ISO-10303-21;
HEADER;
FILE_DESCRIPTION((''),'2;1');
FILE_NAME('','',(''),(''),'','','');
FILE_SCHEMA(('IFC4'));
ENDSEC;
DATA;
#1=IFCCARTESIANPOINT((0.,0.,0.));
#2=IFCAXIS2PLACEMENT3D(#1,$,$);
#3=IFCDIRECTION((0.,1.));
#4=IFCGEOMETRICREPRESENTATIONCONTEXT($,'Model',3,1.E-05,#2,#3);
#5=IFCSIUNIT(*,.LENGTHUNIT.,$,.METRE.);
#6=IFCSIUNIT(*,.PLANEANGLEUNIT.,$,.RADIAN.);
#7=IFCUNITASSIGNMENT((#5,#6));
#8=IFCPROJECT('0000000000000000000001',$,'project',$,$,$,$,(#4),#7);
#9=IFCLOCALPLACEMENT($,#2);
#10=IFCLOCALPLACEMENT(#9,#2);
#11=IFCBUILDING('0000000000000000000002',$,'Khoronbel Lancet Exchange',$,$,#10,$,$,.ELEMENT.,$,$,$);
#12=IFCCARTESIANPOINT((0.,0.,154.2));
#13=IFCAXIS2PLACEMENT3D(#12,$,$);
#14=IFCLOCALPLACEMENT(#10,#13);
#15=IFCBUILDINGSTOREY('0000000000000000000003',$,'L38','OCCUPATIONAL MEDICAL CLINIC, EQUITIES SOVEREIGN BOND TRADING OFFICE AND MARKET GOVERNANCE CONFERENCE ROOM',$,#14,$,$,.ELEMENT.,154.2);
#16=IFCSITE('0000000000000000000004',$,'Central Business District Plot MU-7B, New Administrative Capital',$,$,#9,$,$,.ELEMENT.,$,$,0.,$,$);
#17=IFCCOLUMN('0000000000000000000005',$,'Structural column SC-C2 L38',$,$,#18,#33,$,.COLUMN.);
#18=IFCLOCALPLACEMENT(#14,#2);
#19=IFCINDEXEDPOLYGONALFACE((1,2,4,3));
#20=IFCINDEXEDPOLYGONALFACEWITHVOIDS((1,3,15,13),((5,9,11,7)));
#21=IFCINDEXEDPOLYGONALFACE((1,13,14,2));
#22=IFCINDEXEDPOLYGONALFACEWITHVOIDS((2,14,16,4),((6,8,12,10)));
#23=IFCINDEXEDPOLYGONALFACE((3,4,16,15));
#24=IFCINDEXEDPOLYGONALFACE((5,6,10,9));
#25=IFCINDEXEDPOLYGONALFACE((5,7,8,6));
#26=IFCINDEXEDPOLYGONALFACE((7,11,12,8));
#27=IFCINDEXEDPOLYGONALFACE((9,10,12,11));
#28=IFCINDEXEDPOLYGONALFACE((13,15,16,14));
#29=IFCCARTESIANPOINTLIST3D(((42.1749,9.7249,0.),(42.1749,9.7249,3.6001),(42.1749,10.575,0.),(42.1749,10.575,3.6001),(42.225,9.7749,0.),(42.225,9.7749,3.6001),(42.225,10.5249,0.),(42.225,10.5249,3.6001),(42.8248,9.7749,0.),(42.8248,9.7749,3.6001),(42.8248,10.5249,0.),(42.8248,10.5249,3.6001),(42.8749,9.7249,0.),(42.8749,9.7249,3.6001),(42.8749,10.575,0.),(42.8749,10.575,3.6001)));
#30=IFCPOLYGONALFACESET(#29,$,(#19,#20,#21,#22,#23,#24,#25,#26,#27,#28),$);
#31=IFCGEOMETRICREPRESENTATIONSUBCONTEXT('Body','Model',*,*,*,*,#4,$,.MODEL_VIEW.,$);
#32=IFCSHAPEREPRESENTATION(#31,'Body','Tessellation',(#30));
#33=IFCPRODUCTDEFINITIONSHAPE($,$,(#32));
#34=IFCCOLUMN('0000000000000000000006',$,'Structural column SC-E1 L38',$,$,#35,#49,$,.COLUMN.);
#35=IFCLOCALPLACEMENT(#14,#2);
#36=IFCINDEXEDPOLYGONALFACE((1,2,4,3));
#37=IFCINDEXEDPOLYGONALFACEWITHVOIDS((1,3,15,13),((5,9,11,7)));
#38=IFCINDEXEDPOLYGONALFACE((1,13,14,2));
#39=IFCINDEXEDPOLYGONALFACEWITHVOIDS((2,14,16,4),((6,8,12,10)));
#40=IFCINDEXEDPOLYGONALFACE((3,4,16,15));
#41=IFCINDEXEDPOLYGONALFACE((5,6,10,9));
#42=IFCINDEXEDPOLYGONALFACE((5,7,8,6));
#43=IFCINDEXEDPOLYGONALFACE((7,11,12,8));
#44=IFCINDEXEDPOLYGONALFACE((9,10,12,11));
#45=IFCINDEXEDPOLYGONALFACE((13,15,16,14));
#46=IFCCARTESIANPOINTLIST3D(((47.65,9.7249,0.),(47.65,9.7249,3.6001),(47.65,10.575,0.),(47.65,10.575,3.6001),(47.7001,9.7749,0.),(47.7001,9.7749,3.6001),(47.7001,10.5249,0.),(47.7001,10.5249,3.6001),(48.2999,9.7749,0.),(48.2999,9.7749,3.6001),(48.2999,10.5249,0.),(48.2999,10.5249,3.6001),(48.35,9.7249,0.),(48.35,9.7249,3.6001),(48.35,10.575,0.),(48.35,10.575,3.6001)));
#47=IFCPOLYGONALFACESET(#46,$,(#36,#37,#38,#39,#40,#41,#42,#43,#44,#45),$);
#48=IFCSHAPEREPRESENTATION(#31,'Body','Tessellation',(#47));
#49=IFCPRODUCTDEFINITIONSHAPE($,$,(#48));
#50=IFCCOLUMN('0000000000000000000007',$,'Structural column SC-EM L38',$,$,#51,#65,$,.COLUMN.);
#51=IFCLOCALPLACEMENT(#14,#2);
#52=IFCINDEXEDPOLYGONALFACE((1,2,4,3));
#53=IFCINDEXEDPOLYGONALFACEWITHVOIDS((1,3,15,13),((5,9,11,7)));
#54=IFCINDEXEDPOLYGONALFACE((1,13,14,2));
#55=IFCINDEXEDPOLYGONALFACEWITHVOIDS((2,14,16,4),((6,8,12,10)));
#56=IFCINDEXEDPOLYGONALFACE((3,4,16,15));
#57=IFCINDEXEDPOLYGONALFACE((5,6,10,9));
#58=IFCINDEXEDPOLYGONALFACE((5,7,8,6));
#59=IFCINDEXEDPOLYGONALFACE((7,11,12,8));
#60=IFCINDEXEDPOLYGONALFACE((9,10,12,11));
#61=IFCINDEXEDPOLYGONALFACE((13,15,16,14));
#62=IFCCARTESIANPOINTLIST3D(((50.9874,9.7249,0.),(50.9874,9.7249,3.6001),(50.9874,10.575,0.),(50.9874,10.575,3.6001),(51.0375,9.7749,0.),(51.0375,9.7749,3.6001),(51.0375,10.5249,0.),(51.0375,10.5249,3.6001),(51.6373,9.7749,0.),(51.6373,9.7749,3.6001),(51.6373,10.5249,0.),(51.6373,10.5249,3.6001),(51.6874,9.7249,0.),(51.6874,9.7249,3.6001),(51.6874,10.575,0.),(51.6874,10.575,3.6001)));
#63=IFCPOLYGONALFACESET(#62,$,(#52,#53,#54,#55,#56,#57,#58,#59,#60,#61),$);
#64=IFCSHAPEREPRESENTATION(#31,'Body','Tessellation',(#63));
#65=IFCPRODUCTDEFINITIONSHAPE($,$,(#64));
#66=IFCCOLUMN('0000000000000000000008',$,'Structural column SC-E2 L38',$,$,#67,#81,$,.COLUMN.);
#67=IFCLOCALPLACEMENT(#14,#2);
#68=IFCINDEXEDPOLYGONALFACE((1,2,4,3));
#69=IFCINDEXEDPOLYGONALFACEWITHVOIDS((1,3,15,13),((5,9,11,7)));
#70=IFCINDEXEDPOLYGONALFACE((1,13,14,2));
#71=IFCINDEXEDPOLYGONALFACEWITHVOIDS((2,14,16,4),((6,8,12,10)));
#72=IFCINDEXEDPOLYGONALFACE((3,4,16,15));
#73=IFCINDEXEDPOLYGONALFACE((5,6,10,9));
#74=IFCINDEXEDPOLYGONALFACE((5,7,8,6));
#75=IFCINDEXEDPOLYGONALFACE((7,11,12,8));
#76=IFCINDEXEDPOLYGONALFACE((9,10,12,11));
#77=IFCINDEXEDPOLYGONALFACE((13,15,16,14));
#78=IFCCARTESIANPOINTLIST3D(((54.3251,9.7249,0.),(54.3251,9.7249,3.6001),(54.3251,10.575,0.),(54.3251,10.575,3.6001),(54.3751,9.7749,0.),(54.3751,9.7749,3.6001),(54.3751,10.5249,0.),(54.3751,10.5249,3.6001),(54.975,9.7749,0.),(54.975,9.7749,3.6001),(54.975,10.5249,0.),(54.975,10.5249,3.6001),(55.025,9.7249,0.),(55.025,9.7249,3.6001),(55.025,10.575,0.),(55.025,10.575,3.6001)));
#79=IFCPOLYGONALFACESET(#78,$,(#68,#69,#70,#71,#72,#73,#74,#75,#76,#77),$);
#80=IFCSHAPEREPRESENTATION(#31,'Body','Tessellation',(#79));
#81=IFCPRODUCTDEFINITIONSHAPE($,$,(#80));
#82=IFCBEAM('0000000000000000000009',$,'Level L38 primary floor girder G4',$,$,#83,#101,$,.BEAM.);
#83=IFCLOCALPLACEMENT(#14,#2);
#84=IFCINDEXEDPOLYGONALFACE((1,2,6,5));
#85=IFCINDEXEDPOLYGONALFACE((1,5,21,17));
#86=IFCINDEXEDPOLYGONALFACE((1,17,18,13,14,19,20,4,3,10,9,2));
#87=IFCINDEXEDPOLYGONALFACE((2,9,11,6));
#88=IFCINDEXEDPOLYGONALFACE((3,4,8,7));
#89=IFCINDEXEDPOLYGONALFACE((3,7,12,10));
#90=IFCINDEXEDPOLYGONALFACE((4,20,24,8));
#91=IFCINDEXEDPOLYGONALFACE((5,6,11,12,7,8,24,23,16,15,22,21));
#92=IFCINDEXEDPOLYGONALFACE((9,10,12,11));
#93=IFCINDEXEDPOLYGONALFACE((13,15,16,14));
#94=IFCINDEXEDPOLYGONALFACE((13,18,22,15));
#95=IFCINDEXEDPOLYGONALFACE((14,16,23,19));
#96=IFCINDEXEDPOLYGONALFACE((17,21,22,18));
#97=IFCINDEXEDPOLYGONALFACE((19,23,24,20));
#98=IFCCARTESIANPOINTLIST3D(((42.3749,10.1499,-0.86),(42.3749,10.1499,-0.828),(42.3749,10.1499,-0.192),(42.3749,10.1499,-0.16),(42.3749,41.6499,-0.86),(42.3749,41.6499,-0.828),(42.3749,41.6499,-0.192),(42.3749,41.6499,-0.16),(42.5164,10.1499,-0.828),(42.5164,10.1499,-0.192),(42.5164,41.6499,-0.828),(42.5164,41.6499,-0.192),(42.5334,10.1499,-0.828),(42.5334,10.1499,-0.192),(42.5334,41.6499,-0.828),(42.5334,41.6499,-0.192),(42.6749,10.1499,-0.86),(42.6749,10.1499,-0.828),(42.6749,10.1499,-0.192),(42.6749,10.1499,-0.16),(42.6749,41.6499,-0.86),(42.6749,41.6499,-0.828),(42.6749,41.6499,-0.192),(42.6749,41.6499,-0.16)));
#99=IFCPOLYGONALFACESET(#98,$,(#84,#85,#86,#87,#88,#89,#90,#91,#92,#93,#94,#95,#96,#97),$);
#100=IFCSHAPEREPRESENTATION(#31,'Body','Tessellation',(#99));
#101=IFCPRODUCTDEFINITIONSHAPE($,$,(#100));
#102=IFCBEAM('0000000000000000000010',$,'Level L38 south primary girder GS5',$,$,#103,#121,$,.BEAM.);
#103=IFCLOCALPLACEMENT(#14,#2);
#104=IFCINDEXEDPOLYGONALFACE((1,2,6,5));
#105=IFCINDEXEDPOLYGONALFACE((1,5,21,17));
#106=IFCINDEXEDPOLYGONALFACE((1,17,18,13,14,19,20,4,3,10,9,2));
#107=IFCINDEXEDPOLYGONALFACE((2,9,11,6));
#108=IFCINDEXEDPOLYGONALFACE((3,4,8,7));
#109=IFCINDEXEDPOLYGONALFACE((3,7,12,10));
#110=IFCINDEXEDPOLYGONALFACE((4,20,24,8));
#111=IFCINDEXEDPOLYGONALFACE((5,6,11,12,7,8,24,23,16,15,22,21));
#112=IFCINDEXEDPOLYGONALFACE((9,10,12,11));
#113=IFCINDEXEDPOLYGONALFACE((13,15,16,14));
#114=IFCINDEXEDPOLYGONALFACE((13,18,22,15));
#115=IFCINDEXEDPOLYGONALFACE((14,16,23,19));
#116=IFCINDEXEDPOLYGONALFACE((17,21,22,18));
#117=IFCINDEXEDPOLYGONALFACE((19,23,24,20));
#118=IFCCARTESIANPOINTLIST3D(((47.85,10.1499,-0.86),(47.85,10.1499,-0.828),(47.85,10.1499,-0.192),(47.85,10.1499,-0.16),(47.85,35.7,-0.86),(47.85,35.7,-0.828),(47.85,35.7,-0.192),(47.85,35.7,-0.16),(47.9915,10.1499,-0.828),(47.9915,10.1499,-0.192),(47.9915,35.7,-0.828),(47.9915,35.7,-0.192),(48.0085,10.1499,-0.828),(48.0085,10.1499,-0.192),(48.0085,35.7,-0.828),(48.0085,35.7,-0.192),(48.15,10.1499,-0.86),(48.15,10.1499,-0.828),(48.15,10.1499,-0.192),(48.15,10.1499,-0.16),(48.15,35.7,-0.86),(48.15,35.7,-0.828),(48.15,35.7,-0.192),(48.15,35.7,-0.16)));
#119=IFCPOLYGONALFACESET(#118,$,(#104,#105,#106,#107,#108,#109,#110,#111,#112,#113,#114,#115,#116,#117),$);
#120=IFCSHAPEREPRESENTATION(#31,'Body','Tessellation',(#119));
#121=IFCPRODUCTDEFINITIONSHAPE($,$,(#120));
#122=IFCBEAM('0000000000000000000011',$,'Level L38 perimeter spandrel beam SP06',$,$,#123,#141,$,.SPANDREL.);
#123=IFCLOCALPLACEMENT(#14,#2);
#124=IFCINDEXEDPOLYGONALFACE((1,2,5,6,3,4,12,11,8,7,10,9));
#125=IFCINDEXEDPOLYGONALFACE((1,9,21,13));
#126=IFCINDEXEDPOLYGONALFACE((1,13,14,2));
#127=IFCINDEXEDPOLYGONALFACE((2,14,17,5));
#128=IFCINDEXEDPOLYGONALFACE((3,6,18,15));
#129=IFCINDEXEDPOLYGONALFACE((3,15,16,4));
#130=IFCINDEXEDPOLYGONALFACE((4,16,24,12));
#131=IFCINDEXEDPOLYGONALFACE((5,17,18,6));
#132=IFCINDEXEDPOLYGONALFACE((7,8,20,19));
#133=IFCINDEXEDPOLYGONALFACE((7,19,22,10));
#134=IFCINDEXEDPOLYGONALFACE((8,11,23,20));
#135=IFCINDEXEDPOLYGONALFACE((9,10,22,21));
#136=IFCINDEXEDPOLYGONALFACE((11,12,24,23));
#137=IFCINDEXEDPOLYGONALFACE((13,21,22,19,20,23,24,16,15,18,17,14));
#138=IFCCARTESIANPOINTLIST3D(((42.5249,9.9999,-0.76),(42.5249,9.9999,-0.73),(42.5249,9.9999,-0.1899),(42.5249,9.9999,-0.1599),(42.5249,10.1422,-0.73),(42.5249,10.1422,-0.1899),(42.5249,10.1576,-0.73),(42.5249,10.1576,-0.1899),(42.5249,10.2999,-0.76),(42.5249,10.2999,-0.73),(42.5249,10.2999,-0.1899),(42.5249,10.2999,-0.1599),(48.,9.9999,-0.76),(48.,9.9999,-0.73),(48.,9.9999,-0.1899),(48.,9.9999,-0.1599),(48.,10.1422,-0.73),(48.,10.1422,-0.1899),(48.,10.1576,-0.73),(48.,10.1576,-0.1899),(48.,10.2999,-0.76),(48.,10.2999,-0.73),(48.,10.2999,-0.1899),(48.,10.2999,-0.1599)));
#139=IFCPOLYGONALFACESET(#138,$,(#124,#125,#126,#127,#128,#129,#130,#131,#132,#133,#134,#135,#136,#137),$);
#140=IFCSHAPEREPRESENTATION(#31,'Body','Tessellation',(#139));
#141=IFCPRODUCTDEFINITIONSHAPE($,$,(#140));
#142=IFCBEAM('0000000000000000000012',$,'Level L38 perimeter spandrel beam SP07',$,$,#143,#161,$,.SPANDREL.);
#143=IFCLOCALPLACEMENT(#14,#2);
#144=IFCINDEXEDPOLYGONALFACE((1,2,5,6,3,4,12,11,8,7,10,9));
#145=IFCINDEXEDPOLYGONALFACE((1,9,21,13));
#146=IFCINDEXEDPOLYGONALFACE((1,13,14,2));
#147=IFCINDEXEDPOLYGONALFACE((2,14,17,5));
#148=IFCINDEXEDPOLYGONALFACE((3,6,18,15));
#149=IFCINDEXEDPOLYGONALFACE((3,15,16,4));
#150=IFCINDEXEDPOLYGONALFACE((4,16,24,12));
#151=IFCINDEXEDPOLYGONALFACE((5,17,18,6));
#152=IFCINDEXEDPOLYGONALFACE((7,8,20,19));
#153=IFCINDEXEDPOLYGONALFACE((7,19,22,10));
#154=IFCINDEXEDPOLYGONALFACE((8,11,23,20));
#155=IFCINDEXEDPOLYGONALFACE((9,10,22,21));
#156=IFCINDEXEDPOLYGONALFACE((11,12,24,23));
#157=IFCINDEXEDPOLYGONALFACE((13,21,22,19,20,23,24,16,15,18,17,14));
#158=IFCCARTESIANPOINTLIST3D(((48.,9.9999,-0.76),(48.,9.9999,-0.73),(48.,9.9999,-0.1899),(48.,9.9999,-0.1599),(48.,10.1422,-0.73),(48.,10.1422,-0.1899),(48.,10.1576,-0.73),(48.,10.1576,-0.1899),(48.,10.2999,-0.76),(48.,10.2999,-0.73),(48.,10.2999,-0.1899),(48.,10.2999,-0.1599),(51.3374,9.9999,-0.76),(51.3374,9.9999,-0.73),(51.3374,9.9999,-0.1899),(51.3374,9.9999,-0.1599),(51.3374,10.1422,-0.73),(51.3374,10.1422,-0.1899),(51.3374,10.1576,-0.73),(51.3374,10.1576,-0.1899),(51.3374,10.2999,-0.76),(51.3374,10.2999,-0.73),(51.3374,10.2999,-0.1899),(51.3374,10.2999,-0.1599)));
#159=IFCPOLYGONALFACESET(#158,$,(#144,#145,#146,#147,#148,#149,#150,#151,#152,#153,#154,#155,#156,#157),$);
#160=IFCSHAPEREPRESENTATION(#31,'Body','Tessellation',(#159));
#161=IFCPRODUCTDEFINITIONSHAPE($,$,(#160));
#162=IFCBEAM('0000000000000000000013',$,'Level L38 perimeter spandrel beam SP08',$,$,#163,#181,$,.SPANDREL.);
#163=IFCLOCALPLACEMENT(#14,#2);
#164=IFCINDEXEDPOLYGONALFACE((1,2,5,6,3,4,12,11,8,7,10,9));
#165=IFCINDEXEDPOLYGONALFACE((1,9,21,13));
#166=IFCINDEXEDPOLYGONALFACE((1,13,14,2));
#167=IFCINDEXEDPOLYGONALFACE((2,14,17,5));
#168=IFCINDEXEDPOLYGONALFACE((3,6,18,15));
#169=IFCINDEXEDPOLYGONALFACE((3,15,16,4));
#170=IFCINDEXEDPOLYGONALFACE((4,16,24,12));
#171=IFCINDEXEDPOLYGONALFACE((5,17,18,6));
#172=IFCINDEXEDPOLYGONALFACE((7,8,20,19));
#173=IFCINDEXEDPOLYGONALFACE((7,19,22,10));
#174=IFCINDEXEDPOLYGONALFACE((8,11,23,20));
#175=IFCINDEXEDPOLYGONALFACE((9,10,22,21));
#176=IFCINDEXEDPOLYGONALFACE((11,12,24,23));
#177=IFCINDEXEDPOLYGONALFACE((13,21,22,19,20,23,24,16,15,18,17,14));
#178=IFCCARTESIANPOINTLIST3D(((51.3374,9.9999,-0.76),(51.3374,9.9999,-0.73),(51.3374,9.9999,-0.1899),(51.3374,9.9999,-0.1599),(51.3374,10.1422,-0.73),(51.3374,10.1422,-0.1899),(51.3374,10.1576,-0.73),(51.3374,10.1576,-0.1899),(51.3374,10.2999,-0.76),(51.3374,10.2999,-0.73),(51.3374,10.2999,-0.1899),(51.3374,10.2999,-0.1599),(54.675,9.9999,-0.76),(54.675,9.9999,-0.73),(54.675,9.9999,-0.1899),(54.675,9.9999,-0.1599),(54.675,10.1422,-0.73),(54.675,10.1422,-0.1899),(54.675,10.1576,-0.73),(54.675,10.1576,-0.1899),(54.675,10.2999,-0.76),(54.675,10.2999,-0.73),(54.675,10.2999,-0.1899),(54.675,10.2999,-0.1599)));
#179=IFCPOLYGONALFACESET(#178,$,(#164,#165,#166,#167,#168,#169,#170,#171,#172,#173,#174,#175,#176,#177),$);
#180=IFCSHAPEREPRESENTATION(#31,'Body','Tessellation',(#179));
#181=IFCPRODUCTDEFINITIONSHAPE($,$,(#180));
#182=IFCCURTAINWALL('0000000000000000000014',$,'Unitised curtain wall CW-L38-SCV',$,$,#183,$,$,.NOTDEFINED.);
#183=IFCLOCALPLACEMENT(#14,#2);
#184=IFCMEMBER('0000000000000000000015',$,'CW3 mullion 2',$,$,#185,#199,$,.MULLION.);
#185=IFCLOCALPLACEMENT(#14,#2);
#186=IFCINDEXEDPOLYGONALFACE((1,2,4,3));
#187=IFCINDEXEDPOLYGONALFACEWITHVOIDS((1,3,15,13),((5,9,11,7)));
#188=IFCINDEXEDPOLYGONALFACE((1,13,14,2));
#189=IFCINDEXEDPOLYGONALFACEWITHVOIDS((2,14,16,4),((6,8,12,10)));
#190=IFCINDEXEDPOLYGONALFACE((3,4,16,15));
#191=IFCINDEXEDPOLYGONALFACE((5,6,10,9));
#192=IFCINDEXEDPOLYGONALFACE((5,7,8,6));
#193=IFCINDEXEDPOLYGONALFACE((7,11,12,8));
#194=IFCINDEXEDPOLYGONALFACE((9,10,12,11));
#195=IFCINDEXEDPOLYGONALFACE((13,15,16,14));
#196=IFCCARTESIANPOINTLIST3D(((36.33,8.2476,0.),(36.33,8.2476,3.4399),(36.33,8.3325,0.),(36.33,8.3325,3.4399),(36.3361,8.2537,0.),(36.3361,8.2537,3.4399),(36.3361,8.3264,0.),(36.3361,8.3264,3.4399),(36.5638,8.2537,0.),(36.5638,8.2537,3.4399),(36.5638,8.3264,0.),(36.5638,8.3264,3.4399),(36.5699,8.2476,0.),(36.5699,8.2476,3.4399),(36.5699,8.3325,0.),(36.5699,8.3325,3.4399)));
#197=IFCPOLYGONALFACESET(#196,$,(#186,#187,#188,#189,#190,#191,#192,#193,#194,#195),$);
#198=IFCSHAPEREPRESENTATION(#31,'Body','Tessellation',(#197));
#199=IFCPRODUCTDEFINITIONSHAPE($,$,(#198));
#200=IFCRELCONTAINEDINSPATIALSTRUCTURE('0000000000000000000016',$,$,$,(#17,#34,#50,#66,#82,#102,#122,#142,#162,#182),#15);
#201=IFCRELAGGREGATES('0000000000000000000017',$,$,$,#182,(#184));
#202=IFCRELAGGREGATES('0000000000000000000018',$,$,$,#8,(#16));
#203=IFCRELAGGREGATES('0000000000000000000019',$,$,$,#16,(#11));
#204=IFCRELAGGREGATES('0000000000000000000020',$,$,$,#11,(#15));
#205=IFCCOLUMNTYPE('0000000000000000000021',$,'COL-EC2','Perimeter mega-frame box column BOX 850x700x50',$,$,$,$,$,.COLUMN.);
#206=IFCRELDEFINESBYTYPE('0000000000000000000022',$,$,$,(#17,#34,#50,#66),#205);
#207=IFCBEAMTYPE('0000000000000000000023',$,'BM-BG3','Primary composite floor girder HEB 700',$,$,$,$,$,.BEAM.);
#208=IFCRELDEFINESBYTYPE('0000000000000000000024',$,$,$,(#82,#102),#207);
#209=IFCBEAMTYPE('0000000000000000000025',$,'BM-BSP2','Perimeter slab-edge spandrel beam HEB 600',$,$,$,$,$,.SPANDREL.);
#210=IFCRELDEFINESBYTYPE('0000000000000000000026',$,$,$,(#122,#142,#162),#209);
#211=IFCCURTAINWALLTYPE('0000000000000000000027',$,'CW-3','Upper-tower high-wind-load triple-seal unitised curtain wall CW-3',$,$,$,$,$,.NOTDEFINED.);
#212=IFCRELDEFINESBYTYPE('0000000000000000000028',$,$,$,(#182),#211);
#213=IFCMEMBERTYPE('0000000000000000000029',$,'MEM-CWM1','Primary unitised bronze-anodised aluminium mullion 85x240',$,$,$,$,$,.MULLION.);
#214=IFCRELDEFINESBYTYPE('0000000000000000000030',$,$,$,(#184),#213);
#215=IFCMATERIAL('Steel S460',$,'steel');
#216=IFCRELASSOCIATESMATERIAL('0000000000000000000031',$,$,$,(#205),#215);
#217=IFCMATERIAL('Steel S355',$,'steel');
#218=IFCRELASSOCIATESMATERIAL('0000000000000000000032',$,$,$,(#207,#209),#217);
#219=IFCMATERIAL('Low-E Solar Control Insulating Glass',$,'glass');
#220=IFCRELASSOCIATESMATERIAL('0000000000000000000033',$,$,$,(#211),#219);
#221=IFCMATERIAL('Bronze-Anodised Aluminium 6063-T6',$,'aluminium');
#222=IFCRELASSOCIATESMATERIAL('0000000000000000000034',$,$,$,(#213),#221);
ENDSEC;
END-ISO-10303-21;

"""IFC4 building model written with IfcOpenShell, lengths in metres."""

from ifc_helpers import new_model, si_unit, direction, frame, origin, origin_2d, place, context, subcontext, project, spatial, hollow_rectangle, i_section, extrude, material, material_profile, profile_set, type_object, element, aggregate, save


model = new_model("IFC4")

# Units and contexts
model_context = context("Model", 3, precision=1e-05, world=origin(), true_north=direction((0.0, 1.0)))
body_context = subcontext(model_context, "Body", "Model", "MODEL_VIEW")
ifc_project = project(units=[si_unit("LENGTHUNIT", "METRE"), si_unit("PLANEANGLEUNIT", "RADIAN")], contexts=[model_context])

# Site, building, storey
site_placement = place(None, origin())
site = spatial("IfcSite", under=ifc_project, at=site_placement, Name="Central Business District Plot MU-7B, New Administrative Capital", CompositionType="ELEMENT", RefElevation=0.0)
building_placement = place(site_placement, origin())
building = spatial("IfcBuilding", under=site, at=building_placement, Name="Khoronbel Lancet Exchange", CompositionType="ELEMENT")
storey_placement = place(building_placement, frame((0.0, 0.0, 154.2)))
storey = spatial("IfcBuildingStorey", under=building, at=storey_placement, Name="L38", Description="OCCUPATIONAL MEDICAL CLINIC, EQUITIES SOVEREIGN BOND TRADING OFFICE AND MARKET GOVERNANCE CONFERENCE ROOM", CompositionType="ELEMENT", Elevation=154.2)

# Columns
ifc_material_1 = material(Name="Steel S460", Category="steel")
ifc_material_profile_1 = material_profile(ifc_material_1, hollow_rectangle(XDim=0.7, YDim=0.8501, WallThickness=0.05, at=origin_2d()), Name="BOX 850x700x50")
ifc_profile_set_1 = profile_set([ifc_material_profile_1], Name="Steel S460")
column_type = type_object("IfcColumnType", Name="COL-EC2", Description="Perimeter mega-frame box column BOX 850x700x50", PredefinedType="COLUMN", material=ifc_profile_set_1)
for number, where, z_axis, x_axis, name in (
    (1, (42.5249, 10.1499, 0.0), (0.0, 0.0, 1.0), (1.0, 0.0, 0.0), "Structural column SC-C2 L38"),
    (2, (48.0, 10.1499, 0.0), (0.0, 0.0, 1.0), (1.0, 0.0, 0.0), "Structural column SC-E1 L38"),
    (3, (51.3374, 10.1499, 0.0), (0.0, 0.0, 1.0), (1.0, 0.0, 0.0), "Structural column SC-EM L38"),
    (4, (54.675, 10.1499, 0.0), (0.0, 0.0, 1.0), (1.0, 0.0, 0.0), "Structural column SC-E2 L38"),
):
    element("IfcColumn", number, at=place(storey_placement, frame(where, z_axis=z_axis, x_axis=x_axis)), inside=storey, type_object=column_type, Name=name, PredefinedType="COLUMN", context=body_context, shape_type="SweptSolid", body=[
        extrude(hollow_rectangle(XDim=0.7, YDim=0.8501, WallThickness=0.05, at=origin_2d()), origin(), (0.0, 0.0, 1.0), 3.6001),
    ])

# Beams
ifc_material_2 = material(Name="Steel S355", Category="steel")
ifc_material_profile_2 = material_profile(ifc_material_2, i_section(OverallWidth=0.3, OverallDepth=0.7, WebThickness=0.0171, FlangeThickness=0.032, at=origin_2d()), Name="HEB 700")
ifc_profile_set_2 = profile_set([ifc_material_profile_2], Name="Steel S355")
beam_type_1 = type_object("IfcBeamType", Name="BM-BG3", Description="Primary composite floor girder HEB 700", PredefinedType="BEAM", material=ifc_profile_set_2)
beam_1_placement = place(storey_placement, frame((42.5249, 10.1499, -0.51), z_axis=(0.0, 1.0, 0.0), x_axis=(-1.0, 0.0, 0.0)))
element("IfcBeam", 5, at=beam_1_placement, inside=storey, type_object=beam_type_1, Name="Level L38 primary floor girder G4", PredefinedType="BEAM", context=body_context, shape_type="SweptSolid", body=[
    extrude(i_section(OverallWidth=0.3, OverallDepth=0.7, WebThickness=0.0171, FlangeThickness=0.032, at=origin_2d()), origin(), (0.0, 0.0, 1.0), 31.5),
])
beam_2_placement = place(storey_placement, frame((48.0, 10.1499, -0.51), z_axis=(0.0, 1.0, 0.0), x_axis=(-1.0, 0.0, 0.0)))
element("IfcBeam", 6, at=beam_2_placement, inside=storey, type_object=beam_type_1, Name="Level L38 south primary girder GS5", PredefinedType="BEAM", context=body_context, shape_type="SweptSolid", body=[
    extrude(i_section(OverallWidth=0.3, OverallDepth=0.7, WebThickness=0.0171, FlangeThickness=0.032, at=origin_2d()), origin(), (0.0, 0.0, 1.0), 25.55),
])
ifc_material_profile_3 = material_profile(ifc_material_2, i_section(OverallWidth=0.3, OverallDepth=0.6001, WebThickness=0.0154, FlangeThickness=0.03, at=origin_2d()), Name="HEB 600")
ifc_profile_set_3 = profile_set([ifc_material_profile_3], Name="Steel S355")
beam_type_2 = type_object("IfcBeamType", Name="BM-BSP2", Description="Perimeter slab-edge spandrel beam HEB 600", PredefinedType="SPANDREL", material=ifc_profile_set_3)
beam_3_placement = place(storey_placement, frame((42.5249, 10.1499, -0.46), z_axis=(1.0, 0.0, 0.0), x_axis=(0.0, 1.0, 0.0)))
element("IfcBeam", 7, at=beam_3_placement, inside=storey, type_object=beam_type_2, Name="Level L38 perimeter spandrel beam SP06", PredefinedType="SPANDREL", context=body_context, shape_type="SweptSolid", body=[
    extrude(i_section(OverallWidth=0.3, OverallDepth=0.6001, WebThickness=0.0154, FlangeThickness=0.03, at=origin_2d()), origin(), (0.0, 0.0, 1.0), 5.4751),
])
beam_4_placement = place(storey_placement, frame((48.0, 10.1499, -0.46), z_axis=(1.0, 0.0, 0.0), x_axis=(0.0, 1.0, 0.0)))
element("IfcBeam", 8, at=beam_4_placement, inside=storey, type_object=beam_type_2, Name="Level L38 perimeter spandrel beam SP07", PredefinedType="SPANDREL", context=body_context, shape_type="SweptSolid", body=[
    extrude(i_section(OverallWidth=0.3, OverallDepth=0.6001, WebThickness=0.0154, FlangeThickness=0.03, at=origin_2d()), origin(), (0.0, 0.0, 1.0), 3.3374),
])
beam_5_placement = place(storey_placement, frame((51.3374, 10.1499, -0.46), z_axis=(1.0, 0.0, 0.0), x_axis=(0.0, 1.0, 0.0)))
element("IfcBeam", 9, at=beam_5_placement, inside=storey, type_object=beam_type_2, Name="Level L38 perimeter spandrel beam SP08", PredefinedType="SPANDREL", context=body_context, shape_type="SweptSolid", body=[
    extrude(i_section(OverallWidth=0.3, OverallDepth=0.6001, WebThickness=0.0154, FlangeThickness=0.03, at=origin_2d()), origin(), (0.0, 0.0, 1.0), 3.3376),
])

# Curtain wall, member
ifc_material_3 = material(Name="Low-E Solar Control Insulating Glass", Category="glass")
curtain_wall_type = type_object("IfcCurtainWallType", Name="CW-3", Description="Upper-tower high-wind-load triple-seal unitised curtain wall CW-3", PredefinedType="NOTDEFINED", material=ifc_material_3)
curtain_wall_1_placement = place(storey_placement, origin())
curtain_wall_1 = element("IfcCurtainWall", 10, at=curtain_wall_1_placement, inside=storey, type_object=curtain_wall_type, Name="Unitised curtain wall CW-L38-SCV", PredefinedType="NOTDEFINED")
ifc_material_4 = material(Name="Bronze-Anodised Aluminium 6063-T6", Category="aluminium")
ifc_material_profile_4 = material_profile(ifc_material_4, hollow_rectangle(XDim=0.085, YDim=0.24, WallThickness=0.0061, at=origin_2d()), Name="ALU MULLION 85x240")
ifc_profile_set_4 = profile_set([ifc_material_profile_4], Name="Bronze-Anodised Aluminium 6063-T6")
member_type_1 = type_object("IfcMemberType", Name="MEM-CWM1", Description="Primary unitised bronze-anodised aluminium mullion 85x240", PredefinedType="MULLION", material=ifc_profile_set_4)
member_1_placement = place(storey_placement, frame((36.45, 8.29, 0.0), z_axis=(0.0, 0.0, 1.0), x_axis=(0.0, 1.0, 0.0)))
member_1 = element("IfcMember", 11, at=member_1_placement, type_object=member_type_1, Name="CW3 mullion 2", PredefinedType="MULLION", context=body_context, shape_type="SweptSolid", body=[
    extrude(hollow_rectangle(XDim=0.085, YDim=0.24, WallThickness=0.0061, at=origin_2d()), origin(), (0.0, 0.0, 1.0), 3.4399),
])

aggregate(curtain_wall_1, [member_1])

save(model, "model.ifc")
